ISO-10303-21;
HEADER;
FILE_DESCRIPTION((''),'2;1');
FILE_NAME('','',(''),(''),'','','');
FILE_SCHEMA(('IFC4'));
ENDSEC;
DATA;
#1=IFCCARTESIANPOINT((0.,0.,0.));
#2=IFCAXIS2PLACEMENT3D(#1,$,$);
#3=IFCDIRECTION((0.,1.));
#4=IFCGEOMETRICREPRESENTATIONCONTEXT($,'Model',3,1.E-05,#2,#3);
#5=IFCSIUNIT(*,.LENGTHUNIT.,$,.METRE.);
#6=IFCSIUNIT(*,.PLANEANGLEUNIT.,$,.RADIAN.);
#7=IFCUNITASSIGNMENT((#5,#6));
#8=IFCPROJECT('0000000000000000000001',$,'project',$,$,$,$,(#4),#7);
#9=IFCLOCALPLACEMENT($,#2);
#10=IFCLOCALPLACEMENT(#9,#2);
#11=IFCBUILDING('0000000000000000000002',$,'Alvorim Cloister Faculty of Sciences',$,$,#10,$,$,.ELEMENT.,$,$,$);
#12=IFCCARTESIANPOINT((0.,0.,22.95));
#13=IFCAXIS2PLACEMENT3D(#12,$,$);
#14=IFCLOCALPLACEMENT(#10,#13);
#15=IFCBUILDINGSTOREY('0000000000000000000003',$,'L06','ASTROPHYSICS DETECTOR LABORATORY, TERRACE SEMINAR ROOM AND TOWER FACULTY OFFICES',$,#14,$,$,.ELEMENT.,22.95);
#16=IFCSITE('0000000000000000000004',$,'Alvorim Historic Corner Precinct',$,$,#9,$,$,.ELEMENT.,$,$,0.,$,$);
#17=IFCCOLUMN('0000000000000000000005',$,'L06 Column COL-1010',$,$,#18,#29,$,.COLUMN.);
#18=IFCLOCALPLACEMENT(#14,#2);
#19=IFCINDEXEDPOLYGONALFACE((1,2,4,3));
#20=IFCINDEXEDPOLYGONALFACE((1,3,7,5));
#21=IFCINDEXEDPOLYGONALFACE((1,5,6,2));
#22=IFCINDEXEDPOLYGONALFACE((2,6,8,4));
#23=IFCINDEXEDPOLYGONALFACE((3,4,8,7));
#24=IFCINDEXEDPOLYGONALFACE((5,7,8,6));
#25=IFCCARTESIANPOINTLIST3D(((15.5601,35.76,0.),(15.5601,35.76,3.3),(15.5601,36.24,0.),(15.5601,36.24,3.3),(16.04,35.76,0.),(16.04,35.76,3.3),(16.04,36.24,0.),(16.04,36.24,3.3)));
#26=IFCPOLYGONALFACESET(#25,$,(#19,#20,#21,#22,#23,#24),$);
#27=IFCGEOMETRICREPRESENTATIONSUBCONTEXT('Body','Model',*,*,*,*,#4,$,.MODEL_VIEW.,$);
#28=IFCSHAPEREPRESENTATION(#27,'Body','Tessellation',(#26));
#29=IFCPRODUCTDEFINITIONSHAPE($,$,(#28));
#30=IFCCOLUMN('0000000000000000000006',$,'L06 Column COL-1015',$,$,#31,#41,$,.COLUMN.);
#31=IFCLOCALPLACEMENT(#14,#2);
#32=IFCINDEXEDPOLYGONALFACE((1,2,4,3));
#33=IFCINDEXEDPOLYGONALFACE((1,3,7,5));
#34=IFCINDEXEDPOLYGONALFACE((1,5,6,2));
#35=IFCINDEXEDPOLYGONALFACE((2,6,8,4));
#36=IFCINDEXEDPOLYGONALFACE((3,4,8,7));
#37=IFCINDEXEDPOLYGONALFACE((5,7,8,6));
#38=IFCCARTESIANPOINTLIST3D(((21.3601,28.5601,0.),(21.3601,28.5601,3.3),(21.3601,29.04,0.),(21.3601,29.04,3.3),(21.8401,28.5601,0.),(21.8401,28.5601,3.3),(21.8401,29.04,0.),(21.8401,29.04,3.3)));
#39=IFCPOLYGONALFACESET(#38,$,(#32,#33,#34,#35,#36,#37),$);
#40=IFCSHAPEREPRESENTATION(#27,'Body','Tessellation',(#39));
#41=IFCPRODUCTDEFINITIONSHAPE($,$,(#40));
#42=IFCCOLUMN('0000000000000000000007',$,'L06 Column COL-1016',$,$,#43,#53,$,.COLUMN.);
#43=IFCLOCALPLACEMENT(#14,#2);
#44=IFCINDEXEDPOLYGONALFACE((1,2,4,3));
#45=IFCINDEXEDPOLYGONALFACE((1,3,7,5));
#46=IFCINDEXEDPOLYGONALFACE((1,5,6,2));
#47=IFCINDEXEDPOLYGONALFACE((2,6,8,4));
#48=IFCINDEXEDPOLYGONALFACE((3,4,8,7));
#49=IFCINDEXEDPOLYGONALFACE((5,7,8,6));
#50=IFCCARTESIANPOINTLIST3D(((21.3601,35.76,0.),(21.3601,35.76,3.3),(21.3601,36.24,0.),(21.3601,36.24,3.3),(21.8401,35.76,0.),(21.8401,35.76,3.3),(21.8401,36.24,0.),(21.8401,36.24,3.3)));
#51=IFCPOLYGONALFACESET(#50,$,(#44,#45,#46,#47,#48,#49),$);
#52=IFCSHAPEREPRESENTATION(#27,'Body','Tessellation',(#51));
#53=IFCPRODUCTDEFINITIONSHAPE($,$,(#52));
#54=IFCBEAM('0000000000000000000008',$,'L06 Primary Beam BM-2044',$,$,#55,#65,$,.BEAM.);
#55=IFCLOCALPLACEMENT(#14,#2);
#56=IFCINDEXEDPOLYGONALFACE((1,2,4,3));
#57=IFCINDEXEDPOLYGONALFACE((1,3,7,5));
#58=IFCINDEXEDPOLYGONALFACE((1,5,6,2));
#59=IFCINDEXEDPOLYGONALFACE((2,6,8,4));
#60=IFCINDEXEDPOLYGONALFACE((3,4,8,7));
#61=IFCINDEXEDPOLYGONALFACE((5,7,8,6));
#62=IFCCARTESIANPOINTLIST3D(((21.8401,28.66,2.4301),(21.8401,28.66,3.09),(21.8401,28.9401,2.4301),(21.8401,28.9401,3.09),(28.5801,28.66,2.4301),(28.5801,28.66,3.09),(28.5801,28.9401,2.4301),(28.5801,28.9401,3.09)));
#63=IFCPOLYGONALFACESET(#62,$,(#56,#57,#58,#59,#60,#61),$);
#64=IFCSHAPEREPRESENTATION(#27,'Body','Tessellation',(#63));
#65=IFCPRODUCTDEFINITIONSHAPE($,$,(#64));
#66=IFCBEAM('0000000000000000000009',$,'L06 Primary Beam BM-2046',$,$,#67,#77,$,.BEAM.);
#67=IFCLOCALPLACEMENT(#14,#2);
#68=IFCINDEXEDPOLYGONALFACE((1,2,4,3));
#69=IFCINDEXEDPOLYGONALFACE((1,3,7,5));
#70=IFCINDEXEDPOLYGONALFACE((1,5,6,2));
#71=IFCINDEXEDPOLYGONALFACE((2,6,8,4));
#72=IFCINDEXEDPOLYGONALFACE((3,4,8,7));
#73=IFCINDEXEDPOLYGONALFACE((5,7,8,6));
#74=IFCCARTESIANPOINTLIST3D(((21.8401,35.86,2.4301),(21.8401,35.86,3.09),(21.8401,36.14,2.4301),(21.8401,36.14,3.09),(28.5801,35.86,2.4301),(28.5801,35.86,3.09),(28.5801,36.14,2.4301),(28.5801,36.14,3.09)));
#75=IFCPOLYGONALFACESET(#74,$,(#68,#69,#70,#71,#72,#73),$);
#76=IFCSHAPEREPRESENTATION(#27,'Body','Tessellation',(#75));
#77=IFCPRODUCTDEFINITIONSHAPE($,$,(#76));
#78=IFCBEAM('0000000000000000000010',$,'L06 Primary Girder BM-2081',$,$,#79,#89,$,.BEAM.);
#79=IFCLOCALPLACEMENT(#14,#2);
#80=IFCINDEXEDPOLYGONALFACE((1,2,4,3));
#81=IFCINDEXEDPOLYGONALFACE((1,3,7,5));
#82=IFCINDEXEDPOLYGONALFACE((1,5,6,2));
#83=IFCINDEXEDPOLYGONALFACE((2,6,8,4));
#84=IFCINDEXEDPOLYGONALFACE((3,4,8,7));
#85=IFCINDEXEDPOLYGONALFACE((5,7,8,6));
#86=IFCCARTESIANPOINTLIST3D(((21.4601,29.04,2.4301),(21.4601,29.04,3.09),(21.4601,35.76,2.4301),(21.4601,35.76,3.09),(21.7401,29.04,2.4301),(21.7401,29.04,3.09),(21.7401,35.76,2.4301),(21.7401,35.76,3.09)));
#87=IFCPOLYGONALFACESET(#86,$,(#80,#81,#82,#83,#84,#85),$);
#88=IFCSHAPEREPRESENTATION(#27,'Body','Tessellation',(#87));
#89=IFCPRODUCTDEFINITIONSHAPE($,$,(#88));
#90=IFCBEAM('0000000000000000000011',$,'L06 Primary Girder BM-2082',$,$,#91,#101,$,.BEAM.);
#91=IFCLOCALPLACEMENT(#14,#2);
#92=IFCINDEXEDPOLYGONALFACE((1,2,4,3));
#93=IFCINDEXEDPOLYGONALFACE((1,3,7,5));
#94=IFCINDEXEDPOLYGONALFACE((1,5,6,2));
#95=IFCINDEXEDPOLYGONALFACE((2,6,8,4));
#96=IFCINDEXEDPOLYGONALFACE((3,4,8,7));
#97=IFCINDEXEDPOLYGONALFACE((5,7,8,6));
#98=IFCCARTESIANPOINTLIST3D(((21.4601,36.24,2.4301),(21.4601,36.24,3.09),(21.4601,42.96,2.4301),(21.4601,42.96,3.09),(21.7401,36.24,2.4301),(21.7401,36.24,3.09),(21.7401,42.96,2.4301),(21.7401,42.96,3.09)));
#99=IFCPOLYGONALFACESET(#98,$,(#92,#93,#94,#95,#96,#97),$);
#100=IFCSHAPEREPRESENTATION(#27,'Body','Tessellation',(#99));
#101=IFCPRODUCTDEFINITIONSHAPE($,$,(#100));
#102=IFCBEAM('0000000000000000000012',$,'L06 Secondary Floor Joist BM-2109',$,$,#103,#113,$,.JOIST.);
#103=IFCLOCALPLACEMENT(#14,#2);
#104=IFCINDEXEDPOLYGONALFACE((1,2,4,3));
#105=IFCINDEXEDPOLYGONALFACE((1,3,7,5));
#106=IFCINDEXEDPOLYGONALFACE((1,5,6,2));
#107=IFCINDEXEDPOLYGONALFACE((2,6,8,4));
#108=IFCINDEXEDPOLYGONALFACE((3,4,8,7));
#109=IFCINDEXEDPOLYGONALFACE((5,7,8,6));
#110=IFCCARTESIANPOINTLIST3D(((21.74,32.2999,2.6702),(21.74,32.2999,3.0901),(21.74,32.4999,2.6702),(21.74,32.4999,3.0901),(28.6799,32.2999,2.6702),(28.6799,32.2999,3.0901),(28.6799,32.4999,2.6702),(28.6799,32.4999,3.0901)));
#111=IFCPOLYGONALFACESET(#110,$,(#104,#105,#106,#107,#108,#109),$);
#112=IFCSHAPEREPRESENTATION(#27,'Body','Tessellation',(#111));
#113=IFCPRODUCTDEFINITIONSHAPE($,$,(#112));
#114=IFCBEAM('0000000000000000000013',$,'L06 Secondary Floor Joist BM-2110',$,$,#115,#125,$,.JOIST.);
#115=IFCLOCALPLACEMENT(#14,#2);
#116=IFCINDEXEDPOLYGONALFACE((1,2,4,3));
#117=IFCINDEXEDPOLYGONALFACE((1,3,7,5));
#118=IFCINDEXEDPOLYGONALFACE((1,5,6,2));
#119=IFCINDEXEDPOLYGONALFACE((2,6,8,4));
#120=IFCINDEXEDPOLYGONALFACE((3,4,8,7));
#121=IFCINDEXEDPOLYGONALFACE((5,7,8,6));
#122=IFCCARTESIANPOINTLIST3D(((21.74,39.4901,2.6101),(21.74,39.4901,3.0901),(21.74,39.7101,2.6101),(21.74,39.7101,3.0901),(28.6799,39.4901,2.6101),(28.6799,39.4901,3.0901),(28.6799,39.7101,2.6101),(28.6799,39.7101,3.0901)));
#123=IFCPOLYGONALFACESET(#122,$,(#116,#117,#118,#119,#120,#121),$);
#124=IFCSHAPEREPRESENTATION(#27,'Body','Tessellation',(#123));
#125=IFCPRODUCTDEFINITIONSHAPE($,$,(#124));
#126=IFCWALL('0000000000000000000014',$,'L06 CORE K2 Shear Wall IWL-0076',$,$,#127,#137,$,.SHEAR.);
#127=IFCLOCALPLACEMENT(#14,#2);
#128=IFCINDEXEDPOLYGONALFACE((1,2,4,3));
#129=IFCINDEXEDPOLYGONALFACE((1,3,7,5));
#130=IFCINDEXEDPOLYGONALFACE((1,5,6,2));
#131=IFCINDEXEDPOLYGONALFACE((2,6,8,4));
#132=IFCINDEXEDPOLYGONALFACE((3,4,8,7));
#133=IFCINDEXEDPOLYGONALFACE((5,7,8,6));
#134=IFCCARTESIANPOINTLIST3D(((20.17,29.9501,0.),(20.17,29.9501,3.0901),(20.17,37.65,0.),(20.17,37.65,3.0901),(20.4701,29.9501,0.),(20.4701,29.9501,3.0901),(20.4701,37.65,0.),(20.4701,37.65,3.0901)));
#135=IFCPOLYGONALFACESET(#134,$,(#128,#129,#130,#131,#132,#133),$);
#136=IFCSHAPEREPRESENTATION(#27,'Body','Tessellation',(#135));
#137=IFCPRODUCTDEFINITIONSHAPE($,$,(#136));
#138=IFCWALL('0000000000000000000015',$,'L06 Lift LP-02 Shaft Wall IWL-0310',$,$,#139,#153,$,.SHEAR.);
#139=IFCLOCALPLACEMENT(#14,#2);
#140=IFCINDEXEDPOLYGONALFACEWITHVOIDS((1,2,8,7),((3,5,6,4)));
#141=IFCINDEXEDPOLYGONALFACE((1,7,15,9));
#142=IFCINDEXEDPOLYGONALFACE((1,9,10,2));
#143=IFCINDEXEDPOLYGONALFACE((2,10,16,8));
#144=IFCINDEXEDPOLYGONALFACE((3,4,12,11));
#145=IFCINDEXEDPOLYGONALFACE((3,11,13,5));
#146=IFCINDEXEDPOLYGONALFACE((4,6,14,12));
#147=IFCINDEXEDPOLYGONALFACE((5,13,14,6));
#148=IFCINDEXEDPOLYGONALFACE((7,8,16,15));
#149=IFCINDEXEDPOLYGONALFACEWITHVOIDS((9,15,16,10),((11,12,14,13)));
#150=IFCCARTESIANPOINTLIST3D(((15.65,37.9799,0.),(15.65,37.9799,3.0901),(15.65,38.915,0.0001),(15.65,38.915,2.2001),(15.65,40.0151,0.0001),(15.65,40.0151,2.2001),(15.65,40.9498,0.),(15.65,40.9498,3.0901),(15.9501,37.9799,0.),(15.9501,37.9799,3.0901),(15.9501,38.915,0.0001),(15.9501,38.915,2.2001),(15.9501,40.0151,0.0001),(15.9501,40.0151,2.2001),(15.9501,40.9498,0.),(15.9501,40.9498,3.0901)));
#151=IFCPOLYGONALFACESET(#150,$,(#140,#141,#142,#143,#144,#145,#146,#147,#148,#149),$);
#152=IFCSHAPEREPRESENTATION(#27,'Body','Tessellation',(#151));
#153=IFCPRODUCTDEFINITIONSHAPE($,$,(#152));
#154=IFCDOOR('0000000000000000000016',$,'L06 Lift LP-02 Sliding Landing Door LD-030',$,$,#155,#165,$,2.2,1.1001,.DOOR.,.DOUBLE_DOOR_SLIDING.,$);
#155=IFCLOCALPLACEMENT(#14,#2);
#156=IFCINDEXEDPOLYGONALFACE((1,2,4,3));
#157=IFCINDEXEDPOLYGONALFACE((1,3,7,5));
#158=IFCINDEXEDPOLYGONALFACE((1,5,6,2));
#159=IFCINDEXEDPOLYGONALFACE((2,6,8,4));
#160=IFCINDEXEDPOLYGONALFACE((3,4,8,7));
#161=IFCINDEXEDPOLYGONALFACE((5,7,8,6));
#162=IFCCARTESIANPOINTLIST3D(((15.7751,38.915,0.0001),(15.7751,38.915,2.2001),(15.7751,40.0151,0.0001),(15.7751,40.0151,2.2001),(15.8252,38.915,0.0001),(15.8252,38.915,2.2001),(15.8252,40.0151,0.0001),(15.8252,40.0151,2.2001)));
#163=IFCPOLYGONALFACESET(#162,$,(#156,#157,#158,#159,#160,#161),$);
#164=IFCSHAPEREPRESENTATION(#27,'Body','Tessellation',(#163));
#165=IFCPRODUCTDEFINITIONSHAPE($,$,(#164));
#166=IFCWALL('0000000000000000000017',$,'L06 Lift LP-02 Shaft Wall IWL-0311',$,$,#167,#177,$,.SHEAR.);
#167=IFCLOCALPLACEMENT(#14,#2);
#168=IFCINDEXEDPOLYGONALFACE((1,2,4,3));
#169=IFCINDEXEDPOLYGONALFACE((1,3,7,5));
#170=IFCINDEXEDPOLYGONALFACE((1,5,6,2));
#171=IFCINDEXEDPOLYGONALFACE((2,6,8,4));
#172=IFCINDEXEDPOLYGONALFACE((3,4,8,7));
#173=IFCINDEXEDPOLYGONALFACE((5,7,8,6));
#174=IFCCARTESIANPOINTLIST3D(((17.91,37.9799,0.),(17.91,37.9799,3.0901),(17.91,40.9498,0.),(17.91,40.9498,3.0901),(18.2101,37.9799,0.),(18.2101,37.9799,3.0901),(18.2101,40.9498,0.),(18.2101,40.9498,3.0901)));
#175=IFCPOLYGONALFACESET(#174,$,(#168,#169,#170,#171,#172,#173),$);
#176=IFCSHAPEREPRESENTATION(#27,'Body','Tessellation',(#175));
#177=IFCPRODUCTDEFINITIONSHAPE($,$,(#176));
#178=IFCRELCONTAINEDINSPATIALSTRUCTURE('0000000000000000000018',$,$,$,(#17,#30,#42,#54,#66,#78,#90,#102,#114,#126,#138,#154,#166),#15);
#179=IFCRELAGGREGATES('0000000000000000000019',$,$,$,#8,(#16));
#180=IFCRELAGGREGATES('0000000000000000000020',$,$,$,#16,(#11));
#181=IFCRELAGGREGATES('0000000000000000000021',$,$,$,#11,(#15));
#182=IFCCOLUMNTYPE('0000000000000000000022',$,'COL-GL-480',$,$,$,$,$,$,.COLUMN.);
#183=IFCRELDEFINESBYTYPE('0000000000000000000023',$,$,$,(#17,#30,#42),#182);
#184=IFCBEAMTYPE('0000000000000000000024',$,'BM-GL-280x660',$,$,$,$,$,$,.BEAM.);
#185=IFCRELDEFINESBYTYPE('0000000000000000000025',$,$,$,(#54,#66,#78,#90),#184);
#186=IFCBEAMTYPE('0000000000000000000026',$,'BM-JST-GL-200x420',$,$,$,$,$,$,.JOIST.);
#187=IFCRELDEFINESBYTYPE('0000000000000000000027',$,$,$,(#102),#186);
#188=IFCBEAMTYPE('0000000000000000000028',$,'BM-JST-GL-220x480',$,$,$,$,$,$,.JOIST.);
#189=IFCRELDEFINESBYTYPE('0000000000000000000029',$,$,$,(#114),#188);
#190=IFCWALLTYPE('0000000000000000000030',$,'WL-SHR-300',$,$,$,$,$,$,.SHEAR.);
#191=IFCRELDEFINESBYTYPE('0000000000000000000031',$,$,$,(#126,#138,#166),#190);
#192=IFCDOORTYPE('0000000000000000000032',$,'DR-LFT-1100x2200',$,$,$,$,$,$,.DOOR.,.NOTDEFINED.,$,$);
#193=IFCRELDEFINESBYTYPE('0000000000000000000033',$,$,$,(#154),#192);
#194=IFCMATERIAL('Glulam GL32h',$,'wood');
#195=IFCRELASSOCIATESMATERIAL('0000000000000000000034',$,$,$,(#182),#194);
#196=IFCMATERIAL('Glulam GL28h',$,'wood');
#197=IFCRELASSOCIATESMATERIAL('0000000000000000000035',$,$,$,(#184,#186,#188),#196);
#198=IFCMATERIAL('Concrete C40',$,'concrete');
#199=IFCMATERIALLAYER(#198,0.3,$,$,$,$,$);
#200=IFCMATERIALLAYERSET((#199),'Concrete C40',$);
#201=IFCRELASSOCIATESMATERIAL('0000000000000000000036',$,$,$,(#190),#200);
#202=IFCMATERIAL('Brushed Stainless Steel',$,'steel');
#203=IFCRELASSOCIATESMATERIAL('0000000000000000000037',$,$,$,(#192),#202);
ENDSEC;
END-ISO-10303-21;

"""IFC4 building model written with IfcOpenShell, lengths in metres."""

from ifc_helpers import new_model, si_unit, direction, frame, frame_2d, origin, origin_2d, place, context, subcontext, project, spatial, rectangle, extrude, material, layer, layer_set, material_profile, profile_set, type_object, element, fill, save


model = new_model("IFC4")

# Units and contexts
model_context = context("Model", 3, precision=1e-05, world=origin(), true_north=direction((0.0, 1.0)))
body_context = subcontext(model_context, "Body", "Model", "MODEL_VIEW")
ifc_project = project(units=[si_unit("LENGTHUNIT", "METRE"), si_unit("PLANEANGLEUNIT", "RADIAN")], contexts=[model_context])

# Site, building, storey
site_placement = place(None, origin())
site = spatial("IfcSite", under=ifc_project, at=site_placement, Name="Alvorim Historic Corner Precinct", CompositionType="ELEMENT", RefElevation=0.0)
building_placement = place(site_placement, origin())
building = spatial("IfcBuilding", under=site, at=building_placement, Name="Alvorim Cloister Faculty of Sciences", CompositionType="ELEMENT")
storey_placement = place(building_placement, frame((0.0, 0.0, 22.95)))
storey = spatial("IfcBuildingStorey", under=building, at=storey_placement, Name="L06", Description="ASTROPHYSICS DETECTOR LABORATORY, TERRACE SEMINAR ROOM AND TOWER FACULTY OFFICES", CompositionType="ELEMENT", Elevation=22.95)

# Columns
ifc_material_1 = material(Name="Glulam GL32h", Category="wood")
ifc_material_profile_1 = material_profile(ifc_material_1, rectangle(XDim=0.48, YDim=0.48, at=origin_2d()), Name="GL32-COL-480x480")
ifc_profile_set_1 = profile_set([ifc_material_profile_1], Name="Glulam GL32h")
column_type = type_object("IfcColumnType", Name="COL-GL-480", PredefinedType="COLUMN", material=ifc_profile_set_1)
for number, where, z_axis, x_axis, name in (
    (1, (15.8, 36.0, 0.0), (0.0, 0.0, 1.0), (1.0, 0.0, 0.0), "L06 Column COL-1010"),
    (2, (21.6001, 28.8, 0.0), (0.0, 0.0, 1.0), (1.0, 0.0, 0.0), "L06 Column COL-1015"),
    (3, (21.6001, 36.0, 0.0), (0.0, 0.0, 1.0), (1.0, 0.0, 0.0), "L06 Column COL-1016"),
):
    element("IfcColumn", number, at=place(storey_placement, frame(where, z_axis=z_axis, x_axis=x_axis)), inside=storey, type_object=column_type, Name=name, PredefinedType="COLUMN", context=body_context, shape_type="SweptSolid", body=[
        extrude(rectangle(XDim=0.48, YDim=0.48, at=origin_2d()), origin(), (0.0, 0.0, 1.0), 3.3),
    ])

# Beams
ifc_material_2 = material(Name="Glulam GL28h", Category="wood")
ifc_material_profile_2 = material_profile(ifc_material_2, rectangle(XDim=0.28, YDim=0.6599, at=origin_2d()), Name="GL28-BM-280x660")
ifc_profile_set_2 = profile_set([ifc_material_profile_2], Name="Glulam GL28h")
beam_type_1 = type_object("IfcBeamType", Name="BM-GL-280x660", PredefinedType="BEAM", material=ifc_profile_set_2)
for number, where, z_axis, x_axis, name in (
    (4, (21.8401, 28.8, 2.76), (1.0, 0.0, 0.0), (0.0, 1.0, 0.0), "L06 Primary Beam BM-2044"),
    (5, (21.8401, 36.0, 2.76), (1.0, 0.0, 0.0), (0.0, 1.0, 0.0), "L06 Primary Beam BM-2046"),
):
    element("IfcBeam", number, at=place(storey_placement, frame(where, z_axis=z_axis, x_axis=x_axis)), inside=storey, type_object=beam_type_1, Name=name, PredefinedType="BEAM", context=body_context, shape_type="SweptSolid", body=[
        extrude(rectangle(XDim=0.28, YDim=0.6599, at=origin_2d()), origin(), (0.0, 0.0, 1.0), 6.74),
    ])
for number, where, z_axis, x_axis, name in (
    (6, (21.6001, 29.04, 2.76), (0.0, 1.0, 0.0), (-1.0, 0.0, 0.0), "L06 Primary Girder BM-2081"),
    (7, (21.6001, 36.24, 2.76), (0.0, 1.0, 0.0), (-1.0, 0.0, 0.0), "L06 Primary Girder BM-2082"),
):
    element("IfcBeam", number, at=place(storey_placement, frame(where, z_axis=z_axis, x_axis=x_axis)), inside=storey, type_object=beam_type_1, Name=name, PredefinedType="BEAM", context=body_context, shape_type="SweptSolid", body=[
        extrude(rectangle(XDim=0.28, YDim=0.6599, at=origin_2d()), origin(), (0.0, 0.0, 1.0), 6.72),
    ])
ifc_material_profile_3 = material_profile(ifc_material_2, rectangle(XDim=0.2, YDim=0.4199, at=origin_2d()), Name="GL28-JST-200x420")
ifc_profile_set_3 = profile_set([ifc_material_profile_3], Name="Glulam GL28h")
beam_type_2 = type_object("IfcBeamType", Name="BM-JST-GL-200x420", PredefinedType="JOIST", material=ifc_profile_set_3)
beam_1_placement = place(storey_placement, frame((21.74, 32.3999, 2.8801), z_axis=(1.0, 0.0, 0.0), x_axis=(0.0, 1.0, 0.0)))
element("IfcBeam", 8, at=beam_1_placement, inside=storey, type_object=beam_type_2, Name="L06 Secondary Floor Joist BM-2109", PredefinedType="JOIST", context=body_context, shape_type="SweptSolid", body=[
    extrude(rectangle(XDim=0.2, YDim=0.4199, at=origin_2d()), origin(), (0.0, 0.0, 1.0), 6.9399),
])
ifc_material_profile_4 = material_profile(ifc_material_2, rectangle(XDim=0.22, YDim=0.48, at=origin_2d()), Name="GL28-JST-220x480")
ifc_profile_set_4 = profile_set([ifc_material_profile_4], Name="Glulam GL28h")
beam_type_3 = type_object("IfcBeamType", Name="BM-JST-GL-220x480", PredefinedType="JOIST", material=ifc_profile_set_4)
beam_2_placement = place(storey_placement, frame((21.74, 39.6001, 2.8501), z_axis=(1.0, 0.0, 0.0), x_axis=(0.0, 1.0, 0.0)))
element("IfcBeam", 9, at=beam_2_placement, inside=storey, type_object=beam_type_3, Name="L06 Secondary Floor Joist BM-2110", PredefinedType="JOIST", context=body_context, shape_type="SweptSolid", body=[
    extrude(rectangle(XDim=0.22, YDim=0.48, at=origin_2d()), origin(), (0.0, 0.0, 1.0), 6.9399),
])

# Wall
ifc_material_3 = material(Name="Concrete C40", Category="concrete")
ifc_layer = layer(ifc_material_3, 0.3)
ifc_layer_set = layer_set([ifc_layer], Name="Concrete C40")
wall_type = type_object("IfcWallType", Name="WL-SHR-300", PredefinedType="SHEAR", material=ifc_layer_set)
wall_1_placement = place(storey_placement, frame((20.3201, 29.95, 0.0), z_axis=(0.0, 0.0, 1.0), x_axis=(0.0, 1.0, 0.0)))
element("IfcWall", 10, at=wall_1_placement, inside=storey, type_object=wall_type, Name="L06 CORE K2 Shear Wall IWL-0076", PredefinedType="SHEAR", context=body_context, shape_type="SweptSolid", body=[
    extrude(rectangle(XDim=7.7, YDim=0.3, at=frame_2d((3.8501, 0.0))), origin(), (0.0, 0.0, 1.0), 3.0901),
])

# Wall, opening, door
wall_2_placement = place(storey_placement, frame((15.8, 37.98, 0.0), z_axis=(0.0, 0.0, 1.0), x_axis=(0.0, 1.0, 0.0)))
wall_2 = element("IfcWall", 11, at=wall_2_placement, inside=storey, type_object=wall_type, Name="L06 Lift LP-02 Shaft Wall IWL-0310", PredefinedType="SHEAR", context=body_context, shape_type="SweptSolid", body=[
    extrude(rectangle(XDim=2.97, YDim=0.3, at=frame_2d((1.4849, 0.0))), origin(), (0.0, 0.0, 1.0), 3.0901),
])
opening_1_placement = place(wall_2_placement, frame((0.9351, 0.0, 0.0)))
opening_1 = element("IfcOpeningElement", 12, at=opening_1_placement, cuts=wall_2, PredefinedType="OPENING", context=body_context, shape_type="SweptSolid", body=[
    extrude(rectangle(XDim=1.1001, YDim=2.2, at=frame_2d((0.55, 1.1001))), frame((0.0, 0.1621, 0.0), z_axis=(0.0, -1.0, 0.0), x_axis=(1.0, 0.0, 0.0)), (0.0, 0.0, 1.0), 0.324),
])
ifc_material_4 = material(Name="Brushed Stainless Steel", Category="steel")
door_type = type_object("IfcDoorType", Name="DR-LFT-1100x2200", OperationType="NOTDEFINED", PredefinedType="DOOR", material=ifc_material_4)
door_1_placement = place(opening_1_placement, origin())
door_1 = element("IfcDoor", 13, at=door_1_placement, inside=storey, type_object=door_type, Name="L06 Lift LP-02 Sliding Landing Door LD-030", OperationType="DOUBLE_DOOR_SLIDING", OverallHeight=2.2, OverallWidth=1.1001, PredefinedType="DOOR", context=body_context, shape_type="SweptSolid", body=[
    extrude(rectangle(XDim=1.1001, YDim=2.2, at=frame_2d((0.55, 1.1001))), frame((0.0, 0.0249, 0.0), z_axis=(0.0, -1.0, 0.0), x_axis=(1.0, 0.0, 0.0)), (0.0, 0.0, 1.0), 0.05),
])
fill(opening_1, door_1)

# Wall
wall_3_placement = place(storey_placement, frame((18.0601, 37.98, 0.0), z_axis=(0.0, 0.0, 1.0), x_axis=(0.0, 1.0, 0.0)))
element("IfcWall", 14, at=wall_3_placement, inside=storey, type_object=wall_type, Name="L06 Lift LP-02 Shaft Wall IWL-0311", PredefinedType="SHEAR", context=body_context, shape_type="SweptSolid", body=[
    extrude(rectangle(XDim=2.97, YDim=0.3, at=frame_2d((1.4849, 0.0))), origin(), (0.0, 0.0, 1.0), 3.0901),
])

save(model, "model.ifc")
